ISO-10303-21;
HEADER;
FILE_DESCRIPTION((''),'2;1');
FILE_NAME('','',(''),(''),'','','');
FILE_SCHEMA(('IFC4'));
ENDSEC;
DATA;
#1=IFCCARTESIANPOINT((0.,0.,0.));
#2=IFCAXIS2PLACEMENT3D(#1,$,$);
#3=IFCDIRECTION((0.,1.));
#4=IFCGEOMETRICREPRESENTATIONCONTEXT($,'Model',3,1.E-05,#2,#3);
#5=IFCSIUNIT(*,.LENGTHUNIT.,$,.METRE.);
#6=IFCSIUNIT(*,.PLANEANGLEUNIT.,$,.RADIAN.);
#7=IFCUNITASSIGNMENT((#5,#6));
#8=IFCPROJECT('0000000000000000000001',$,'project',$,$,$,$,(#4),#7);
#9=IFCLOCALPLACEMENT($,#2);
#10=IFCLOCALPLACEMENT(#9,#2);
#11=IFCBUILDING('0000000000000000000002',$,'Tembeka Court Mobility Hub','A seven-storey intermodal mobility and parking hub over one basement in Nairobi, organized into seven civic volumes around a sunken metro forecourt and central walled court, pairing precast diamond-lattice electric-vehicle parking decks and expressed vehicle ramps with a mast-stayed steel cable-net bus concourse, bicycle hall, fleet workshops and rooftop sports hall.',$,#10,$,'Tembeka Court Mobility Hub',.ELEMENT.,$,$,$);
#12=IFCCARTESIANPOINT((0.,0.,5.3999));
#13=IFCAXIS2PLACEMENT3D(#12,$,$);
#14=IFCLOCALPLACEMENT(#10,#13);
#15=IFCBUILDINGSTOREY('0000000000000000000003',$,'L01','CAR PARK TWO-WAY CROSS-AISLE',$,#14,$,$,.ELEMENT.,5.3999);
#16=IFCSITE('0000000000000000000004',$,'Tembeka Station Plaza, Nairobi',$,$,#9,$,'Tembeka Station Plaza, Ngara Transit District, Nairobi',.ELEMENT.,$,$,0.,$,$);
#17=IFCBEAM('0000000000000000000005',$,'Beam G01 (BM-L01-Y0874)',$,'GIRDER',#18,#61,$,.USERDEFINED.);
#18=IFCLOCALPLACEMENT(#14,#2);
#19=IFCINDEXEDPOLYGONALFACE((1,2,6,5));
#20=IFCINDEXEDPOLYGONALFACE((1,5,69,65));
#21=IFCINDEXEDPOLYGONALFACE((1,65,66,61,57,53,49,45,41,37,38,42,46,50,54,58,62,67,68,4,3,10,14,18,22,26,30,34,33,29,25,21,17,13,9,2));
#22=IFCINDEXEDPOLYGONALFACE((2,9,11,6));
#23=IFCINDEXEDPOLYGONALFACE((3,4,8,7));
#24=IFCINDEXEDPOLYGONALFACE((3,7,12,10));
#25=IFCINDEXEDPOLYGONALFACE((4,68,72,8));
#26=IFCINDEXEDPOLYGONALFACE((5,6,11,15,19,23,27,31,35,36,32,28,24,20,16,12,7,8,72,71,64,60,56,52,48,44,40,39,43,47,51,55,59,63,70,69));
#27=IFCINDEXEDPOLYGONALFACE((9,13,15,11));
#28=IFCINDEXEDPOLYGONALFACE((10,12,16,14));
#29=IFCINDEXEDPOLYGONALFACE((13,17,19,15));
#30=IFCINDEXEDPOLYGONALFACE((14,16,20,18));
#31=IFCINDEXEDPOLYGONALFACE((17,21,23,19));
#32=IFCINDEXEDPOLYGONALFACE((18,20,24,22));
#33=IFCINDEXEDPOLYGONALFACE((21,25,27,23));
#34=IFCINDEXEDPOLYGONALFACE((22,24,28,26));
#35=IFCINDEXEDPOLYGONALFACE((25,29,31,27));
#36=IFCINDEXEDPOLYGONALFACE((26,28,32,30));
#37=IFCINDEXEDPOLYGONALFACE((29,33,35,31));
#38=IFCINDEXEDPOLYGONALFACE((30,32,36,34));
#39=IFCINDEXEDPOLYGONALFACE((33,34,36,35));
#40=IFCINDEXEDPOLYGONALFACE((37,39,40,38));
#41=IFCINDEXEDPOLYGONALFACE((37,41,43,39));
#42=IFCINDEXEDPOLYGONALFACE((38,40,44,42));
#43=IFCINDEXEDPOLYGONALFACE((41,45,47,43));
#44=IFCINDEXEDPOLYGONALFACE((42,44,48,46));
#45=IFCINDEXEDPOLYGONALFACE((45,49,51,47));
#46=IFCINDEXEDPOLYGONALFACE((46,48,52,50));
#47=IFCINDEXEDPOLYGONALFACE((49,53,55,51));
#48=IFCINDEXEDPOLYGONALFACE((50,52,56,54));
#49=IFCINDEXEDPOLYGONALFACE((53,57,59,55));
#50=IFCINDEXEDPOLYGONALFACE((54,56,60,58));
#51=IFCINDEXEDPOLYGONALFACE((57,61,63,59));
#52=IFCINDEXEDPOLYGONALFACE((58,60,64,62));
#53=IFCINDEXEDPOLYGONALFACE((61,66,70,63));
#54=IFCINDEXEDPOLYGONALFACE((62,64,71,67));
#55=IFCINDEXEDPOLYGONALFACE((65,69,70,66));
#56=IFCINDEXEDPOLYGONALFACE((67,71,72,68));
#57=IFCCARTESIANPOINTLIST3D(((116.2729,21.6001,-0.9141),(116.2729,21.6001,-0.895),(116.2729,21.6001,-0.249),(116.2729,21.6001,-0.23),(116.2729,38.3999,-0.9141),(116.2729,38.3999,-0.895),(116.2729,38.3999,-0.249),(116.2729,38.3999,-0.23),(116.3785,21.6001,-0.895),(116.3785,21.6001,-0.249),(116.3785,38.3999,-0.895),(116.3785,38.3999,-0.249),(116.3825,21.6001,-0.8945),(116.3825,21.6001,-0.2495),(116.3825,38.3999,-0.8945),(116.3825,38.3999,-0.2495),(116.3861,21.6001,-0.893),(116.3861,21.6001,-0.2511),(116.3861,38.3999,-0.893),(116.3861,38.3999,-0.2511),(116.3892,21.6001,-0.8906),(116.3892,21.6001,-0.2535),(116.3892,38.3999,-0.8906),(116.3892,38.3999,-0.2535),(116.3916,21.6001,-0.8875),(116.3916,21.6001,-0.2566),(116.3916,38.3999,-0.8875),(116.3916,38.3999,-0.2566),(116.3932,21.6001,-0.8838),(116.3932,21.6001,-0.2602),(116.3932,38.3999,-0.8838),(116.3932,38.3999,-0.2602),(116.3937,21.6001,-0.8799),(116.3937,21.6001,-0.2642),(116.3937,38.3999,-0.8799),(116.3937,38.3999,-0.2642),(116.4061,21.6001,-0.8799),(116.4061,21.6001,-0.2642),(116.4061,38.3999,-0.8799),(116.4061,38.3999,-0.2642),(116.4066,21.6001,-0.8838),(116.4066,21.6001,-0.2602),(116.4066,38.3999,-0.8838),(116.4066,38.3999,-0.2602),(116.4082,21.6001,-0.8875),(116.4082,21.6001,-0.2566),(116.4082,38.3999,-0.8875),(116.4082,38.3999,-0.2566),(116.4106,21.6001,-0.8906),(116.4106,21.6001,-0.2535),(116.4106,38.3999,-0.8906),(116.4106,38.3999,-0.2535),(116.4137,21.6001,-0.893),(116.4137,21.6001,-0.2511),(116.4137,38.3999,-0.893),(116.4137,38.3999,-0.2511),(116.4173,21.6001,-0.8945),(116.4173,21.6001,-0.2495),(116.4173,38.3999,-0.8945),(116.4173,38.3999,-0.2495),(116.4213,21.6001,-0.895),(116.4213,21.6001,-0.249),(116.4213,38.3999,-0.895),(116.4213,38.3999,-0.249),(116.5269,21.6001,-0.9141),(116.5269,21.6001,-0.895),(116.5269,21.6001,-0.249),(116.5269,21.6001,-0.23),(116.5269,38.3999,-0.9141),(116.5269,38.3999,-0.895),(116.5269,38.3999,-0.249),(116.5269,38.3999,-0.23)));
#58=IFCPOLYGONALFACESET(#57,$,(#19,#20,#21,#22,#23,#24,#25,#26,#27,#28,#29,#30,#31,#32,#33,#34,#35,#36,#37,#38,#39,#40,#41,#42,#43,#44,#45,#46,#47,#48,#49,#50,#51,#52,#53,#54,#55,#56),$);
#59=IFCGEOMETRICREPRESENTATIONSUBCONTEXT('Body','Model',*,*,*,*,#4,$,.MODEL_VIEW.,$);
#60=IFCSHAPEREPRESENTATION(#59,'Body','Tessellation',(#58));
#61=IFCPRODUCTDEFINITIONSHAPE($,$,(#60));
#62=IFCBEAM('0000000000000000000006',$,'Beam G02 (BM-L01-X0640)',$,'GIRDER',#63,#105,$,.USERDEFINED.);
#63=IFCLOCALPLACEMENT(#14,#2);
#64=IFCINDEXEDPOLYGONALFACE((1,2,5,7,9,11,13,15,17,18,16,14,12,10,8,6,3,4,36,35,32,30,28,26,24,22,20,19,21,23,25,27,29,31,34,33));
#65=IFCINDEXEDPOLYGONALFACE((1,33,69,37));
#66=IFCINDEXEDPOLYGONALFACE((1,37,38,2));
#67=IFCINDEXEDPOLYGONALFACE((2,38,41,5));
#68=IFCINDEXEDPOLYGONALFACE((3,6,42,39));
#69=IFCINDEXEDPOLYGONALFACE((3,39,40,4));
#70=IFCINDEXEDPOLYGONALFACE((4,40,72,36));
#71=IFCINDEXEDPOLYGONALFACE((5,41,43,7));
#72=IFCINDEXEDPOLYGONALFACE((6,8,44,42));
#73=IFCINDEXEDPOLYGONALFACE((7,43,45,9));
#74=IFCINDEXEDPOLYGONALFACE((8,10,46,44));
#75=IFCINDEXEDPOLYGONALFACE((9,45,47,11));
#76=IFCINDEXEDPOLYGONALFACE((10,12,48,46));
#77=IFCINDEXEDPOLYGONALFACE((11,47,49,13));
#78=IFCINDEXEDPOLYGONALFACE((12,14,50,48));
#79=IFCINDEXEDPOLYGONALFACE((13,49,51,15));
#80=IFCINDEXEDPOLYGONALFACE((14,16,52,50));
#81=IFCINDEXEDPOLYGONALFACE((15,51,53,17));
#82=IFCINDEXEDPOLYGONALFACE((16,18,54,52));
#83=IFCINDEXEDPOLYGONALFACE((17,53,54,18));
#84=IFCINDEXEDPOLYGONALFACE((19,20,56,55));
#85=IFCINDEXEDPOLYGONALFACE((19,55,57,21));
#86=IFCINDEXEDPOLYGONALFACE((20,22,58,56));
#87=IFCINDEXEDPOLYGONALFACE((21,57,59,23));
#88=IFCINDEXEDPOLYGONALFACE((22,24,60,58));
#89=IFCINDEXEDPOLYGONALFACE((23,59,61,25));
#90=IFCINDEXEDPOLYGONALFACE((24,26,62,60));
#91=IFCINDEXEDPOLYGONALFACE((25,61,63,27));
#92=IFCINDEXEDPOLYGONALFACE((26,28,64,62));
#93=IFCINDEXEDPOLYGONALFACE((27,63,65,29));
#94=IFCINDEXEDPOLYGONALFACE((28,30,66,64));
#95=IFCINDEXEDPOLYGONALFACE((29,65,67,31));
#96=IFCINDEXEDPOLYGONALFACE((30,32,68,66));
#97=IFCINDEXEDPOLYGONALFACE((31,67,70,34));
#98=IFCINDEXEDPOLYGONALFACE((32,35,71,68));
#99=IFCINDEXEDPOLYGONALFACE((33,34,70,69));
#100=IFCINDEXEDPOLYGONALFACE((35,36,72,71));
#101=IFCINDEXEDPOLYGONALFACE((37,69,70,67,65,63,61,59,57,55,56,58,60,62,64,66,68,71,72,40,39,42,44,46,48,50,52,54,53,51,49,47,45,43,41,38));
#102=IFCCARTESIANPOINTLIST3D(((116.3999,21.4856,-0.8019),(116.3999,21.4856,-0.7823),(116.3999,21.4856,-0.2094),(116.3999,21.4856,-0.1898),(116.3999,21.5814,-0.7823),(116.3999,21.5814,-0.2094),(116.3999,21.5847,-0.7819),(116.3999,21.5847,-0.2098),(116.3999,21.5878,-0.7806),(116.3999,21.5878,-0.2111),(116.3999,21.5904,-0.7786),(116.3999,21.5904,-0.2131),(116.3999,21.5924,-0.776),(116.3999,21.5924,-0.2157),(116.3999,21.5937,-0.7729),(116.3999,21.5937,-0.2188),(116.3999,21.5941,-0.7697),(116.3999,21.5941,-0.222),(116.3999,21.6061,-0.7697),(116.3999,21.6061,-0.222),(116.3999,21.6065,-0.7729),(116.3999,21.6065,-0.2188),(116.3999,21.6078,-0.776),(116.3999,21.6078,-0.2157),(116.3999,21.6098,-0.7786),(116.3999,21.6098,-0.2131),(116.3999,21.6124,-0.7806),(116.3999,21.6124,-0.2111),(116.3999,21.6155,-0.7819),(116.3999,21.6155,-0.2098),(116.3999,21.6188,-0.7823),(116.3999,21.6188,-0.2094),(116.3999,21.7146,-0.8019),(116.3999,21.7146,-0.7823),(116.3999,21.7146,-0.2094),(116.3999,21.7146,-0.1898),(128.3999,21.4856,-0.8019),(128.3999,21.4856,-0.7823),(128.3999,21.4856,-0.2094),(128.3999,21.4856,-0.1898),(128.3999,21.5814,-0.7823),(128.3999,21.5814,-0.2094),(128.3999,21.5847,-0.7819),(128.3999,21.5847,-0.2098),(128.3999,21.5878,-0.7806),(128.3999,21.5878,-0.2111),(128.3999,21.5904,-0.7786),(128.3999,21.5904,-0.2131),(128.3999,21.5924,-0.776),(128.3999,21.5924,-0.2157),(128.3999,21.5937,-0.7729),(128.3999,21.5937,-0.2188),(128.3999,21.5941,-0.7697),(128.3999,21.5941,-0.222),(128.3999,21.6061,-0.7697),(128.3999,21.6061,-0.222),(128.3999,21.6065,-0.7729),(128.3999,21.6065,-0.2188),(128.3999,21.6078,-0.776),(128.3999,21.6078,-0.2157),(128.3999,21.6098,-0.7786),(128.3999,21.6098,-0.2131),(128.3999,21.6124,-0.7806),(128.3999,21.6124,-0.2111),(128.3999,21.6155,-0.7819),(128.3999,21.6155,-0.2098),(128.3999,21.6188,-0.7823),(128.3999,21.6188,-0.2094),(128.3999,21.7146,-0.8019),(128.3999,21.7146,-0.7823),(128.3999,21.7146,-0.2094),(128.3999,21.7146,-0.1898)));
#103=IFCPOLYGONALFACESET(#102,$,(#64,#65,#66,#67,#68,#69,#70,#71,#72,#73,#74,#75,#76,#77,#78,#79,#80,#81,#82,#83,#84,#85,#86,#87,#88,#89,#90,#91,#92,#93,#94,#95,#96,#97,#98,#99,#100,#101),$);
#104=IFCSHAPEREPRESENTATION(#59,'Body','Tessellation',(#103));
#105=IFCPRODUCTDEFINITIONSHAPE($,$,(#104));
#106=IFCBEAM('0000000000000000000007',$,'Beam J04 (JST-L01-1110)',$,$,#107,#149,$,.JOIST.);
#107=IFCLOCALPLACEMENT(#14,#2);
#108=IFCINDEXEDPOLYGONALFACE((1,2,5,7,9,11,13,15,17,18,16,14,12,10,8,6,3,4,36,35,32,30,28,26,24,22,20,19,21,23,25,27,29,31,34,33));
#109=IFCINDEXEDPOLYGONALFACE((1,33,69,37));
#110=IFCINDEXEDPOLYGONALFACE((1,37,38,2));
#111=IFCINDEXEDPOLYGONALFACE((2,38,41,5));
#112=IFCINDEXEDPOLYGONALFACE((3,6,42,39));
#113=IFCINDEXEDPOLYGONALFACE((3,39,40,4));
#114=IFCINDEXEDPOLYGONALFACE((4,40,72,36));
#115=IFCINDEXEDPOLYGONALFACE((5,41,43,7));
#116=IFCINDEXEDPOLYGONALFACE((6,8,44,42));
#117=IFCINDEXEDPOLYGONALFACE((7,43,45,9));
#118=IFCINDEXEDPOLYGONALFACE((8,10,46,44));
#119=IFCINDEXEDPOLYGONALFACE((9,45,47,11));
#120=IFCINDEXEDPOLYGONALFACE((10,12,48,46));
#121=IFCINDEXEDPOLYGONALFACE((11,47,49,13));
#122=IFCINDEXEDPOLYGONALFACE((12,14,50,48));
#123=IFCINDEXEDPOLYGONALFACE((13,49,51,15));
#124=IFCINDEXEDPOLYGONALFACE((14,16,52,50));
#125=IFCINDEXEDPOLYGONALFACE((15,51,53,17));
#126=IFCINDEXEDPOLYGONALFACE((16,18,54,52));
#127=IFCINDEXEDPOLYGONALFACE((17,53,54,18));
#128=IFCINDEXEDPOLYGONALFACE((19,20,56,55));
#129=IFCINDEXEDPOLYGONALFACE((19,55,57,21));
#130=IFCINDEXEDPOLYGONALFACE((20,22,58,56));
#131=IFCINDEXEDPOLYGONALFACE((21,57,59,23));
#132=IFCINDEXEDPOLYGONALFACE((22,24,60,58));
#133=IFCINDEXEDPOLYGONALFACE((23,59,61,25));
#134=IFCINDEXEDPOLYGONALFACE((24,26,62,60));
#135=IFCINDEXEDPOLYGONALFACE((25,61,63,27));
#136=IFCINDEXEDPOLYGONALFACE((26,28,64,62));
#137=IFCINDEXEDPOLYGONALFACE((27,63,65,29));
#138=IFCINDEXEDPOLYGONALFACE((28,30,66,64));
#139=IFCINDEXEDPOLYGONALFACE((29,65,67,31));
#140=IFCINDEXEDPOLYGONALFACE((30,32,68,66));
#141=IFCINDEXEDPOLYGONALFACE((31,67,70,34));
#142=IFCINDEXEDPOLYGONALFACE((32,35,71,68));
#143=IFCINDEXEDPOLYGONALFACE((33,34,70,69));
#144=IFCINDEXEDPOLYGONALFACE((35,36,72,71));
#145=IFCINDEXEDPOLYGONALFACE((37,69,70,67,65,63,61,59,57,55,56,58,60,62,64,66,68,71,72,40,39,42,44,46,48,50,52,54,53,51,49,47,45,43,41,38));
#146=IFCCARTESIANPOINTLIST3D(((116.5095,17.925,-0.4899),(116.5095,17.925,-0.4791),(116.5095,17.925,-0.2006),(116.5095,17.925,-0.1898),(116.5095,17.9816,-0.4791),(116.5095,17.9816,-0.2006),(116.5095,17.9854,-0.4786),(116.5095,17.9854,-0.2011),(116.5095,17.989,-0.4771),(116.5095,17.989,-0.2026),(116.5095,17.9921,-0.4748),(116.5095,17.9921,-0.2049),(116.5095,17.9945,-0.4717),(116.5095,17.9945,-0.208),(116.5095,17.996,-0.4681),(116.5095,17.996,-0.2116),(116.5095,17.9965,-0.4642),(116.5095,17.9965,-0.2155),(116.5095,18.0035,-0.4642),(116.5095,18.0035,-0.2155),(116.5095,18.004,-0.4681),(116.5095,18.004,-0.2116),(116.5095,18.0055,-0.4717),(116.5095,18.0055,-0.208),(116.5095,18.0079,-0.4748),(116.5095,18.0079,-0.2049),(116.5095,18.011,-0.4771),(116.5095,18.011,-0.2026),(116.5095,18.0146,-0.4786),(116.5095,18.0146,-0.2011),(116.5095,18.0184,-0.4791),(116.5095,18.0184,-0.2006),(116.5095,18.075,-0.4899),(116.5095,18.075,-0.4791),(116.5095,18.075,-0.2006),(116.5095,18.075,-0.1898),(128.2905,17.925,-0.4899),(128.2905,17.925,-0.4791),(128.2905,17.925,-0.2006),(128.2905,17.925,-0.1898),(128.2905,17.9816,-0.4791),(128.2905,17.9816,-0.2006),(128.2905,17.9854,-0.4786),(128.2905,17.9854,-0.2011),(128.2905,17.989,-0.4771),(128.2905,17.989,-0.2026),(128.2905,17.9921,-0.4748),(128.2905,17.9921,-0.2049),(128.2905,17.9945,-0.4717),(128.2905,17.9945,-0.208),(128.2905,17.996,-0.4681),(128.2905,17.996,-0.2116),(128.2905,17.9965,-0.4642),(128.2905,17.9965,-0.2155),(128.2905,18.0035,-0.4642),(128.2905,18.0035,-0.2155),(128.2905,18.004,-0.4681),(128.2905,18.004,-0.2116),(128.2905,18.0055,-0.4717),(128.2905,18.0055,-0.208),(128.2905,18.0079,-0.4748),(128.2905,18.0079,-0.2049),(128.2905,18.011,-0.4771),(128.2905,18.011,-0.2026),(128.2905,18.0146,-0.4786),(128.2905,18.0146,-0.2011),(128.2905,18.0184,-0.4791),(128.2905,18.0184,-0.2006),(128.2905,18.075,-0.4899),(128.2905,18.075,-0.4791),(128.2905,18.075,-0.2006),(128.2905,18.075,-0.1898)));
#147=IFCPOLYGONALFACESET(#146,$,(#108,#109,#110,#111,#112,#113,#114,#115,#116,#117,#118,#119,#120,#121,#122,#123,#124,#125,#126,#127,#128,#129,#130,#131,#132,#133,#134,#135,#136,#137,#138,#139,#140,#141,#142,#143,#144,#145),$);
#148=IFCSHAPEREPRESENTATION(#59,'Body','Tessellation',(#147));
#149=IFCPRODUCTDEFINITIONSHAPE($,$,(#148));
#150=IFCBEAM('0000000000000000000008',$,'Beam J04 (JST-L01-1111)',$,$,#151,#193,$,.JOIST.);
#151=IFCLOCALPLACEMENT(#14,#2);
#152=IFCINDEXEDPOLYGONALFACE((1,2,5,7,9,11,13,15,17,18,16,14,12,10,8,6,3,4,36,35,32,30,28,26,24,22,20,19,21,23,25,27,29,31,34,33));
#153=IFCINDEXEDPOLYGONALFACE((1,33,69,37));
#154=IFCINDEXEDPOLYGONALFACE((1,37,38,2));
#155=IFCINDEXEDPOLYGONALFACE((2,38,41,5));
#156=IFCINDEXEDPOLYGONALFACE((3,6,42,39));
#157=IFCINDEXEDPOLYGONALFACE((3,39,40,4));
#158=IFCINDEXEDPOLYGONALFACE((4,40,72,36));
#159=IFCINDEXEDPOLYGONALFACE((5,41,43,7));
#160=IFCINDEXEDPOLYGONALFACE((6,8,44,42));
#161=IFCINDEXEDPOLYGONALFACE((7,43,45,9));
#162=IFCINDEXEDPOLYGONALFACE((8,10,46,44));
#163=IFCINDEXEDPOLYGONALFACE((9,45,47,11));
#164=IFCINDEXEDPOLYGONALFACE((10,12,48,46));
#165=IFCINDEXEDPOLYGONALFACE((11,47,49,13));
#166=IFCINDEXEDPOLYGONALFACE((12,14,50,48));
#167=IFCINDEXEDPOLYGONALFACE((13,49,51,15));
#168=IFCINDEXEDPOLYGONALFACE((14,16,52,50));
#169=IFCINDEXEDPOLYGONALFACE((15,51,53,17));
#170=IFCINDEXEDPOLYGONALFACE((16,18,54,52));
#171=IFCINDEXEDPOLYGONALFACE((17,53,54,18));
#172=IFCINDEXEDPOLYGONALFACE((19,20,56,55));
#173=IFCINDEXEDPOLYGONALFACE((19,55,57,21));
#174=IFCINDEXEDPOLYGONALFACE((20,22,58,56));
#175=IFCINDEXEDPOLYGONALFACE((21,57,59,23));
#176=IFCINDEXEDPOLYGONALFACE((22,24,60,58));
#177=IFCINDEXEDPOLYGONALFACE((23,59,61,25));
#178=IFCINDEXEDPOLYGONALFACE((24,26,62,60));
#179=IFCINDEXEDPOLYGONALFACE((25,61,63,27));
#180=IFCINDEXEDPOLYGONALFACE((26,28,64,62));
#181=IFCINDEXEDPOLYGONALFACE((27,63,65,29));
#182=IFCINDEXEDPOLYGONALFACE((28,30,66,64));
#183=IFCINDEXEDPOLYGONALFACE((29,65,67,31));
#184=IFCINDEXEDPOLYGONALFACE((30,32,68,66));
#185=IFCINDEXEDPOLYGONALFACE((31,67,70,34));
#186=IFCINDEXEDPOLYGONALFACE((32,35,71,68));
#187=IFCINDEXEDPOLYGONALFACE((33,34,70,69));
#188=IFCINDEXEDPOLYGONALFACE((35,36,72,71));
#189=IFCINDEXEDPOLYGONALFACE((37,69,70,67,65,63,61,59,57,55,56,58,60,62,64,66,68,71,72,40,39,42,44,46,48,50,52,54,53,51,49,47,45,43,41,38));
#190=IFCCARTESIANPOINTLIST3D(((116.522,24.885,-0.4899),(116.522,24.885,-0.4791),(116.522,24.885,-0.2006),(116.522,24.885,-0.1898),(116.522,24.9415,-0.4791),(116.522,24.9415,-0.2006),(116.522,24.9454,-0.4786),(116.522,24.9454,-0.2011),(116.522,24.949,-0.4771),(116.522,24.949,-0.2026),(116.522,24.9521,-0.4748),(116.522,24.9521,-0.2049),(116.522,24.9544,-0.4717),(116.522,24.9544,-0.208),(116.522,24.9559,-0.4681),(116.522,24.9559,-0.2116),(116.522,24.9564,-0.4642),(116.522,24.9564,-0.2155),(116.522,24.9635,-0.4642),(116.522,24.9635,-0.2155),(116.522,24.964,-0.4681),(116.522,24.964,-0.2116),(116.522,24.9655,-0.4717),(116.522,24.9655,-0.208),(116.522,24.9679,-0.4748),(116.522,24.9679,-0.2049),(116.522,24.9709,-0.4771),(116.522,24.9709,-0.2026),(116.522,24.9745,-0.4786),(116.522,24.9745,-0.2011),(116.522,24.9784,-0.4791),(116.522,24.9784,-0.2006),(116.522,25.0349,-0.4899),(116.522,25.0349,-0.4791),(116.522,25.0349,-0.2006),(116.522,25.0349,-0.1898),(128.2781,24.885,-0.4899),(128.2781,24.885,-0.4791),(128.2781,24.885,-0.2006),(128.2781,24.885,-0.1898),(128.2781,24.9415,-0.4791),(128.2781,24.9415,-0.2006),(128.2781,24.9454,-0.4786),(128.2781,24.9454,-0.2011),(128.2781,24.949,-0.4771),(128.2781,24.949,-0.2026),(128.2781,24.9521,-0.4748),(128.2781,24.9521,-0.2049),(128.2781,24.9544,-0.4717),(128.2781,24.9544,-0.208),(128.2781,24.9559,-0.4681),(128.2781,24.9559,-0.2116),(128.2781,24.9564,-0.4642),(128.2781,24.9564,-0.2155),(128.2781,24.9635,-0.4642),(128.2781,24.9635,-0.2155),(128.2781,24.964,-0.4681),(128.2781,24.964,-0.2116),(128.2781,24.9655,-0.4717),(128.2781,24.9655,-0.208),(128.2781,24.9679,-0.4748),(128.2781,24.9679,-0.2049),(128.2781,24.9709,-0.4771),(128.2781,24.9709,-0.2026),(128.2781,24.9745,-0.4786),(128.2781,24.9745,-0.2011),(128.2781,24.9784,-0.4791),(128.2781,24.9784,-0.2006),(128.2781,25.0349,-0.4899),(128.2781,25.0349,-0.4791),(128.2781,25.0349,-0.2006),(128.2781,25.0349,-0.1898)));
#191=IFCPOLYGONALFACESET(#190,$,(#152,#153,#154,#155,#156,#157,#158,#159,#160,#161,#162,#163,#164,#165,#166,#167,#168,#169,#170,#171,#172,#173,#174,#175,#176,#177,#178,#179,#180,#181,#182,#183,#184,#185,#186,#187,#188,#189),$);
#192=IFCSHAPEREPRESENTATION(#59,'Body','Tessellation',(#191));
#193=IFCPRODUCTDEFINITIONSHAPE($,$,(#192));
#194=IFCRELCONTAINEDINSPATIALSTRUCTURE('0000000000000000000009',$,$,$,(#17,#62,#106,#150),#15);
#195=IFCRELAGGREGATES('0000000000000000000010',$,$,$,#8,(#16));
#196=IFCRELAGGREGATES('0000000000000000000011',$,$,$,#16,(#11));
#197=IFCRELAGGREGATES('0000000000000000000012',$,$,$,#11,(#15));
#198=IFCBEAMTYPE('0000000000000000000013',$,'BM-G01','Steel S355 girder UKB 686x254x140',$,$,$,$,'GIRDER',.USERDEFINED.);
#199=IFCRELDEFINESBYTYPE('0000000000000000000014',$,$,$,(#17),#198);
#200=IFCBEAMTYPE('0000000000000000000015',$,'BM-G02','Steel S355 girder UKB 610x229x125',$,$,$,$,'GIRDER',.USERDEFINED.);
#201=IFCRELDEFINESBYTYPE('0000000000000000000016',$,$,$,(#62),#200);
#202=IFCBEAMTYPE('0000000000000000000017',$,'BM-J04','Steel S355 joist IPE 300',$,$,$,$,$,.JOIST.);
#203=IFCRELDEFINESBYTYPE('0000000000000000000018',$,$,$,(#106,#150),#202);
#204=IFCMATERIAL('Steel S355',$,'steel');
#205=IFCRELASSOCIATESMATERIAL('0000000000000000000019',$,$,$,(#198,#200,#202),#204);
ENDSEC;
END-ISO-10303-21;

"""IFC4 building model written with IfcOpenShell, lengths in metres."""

from ifc_helpers import new_model, si_unit, direction, frame, origin, origin_2d, place, context, subcontext, project, spatial, i_section, extrude, material, material_profile, profile_set, type_object, element, save


model = new_model("IFC4")

# Units and contexts
model_context = context("Model", 3, precision=1e-05, world=origin(), true_north=direction((0.0, 1.0)))
body_context = subcontext(model_context, "Body", "Model", "MODEL_VIEW")
ifc_project = project(units=[si_unit("LENGTHUNIT", "METRE"), si_unit("PLANEANGLEUNIT", "RADIAN")], contexts=[model_context])

# Site, building, storey
site_placement = place(None, origin())
site = spatial("IfcSite", under=ifc_project, at=site_placement, Name="Tembeka Station Plaza, Nairobi", LongName="Tembeka Station Plaza, Ngara Transit District, Nairobi", CompositionType="ELEMENT", RefElevation=0.0)
building_placement = place(site_placement, origin())
building = spatial("IfcBuilding", under=site, at=building_placement, Name="Tembeka Court Mobility Hub", Description="A seven-storey intermodal mobility and parking hub over one basement in Nairobi, organized into seven civic volumes around a sunken metro forecourt and central walled court, pairing precast diamond-lattice electric-vehicle parking decks and expressed vehicle ramps with a mast-stayed steel cable-net bus concourse, bicycle hall, fleet workshops and rooftop sports hall.", LongName="Tembeka Court Mobility Hub", CompositionType="ELEMENT")
storey_placement = place(building_placement, frame((0.0, 0.0, 5.3999)))
storey = spatial("IfcBuildingStorey", under=building, at=storey_placement, Name="L01", Description="CAR PARK TWO-WAY CROSS-AISLE", CompositionType="ELEMENT", Elevation=5.3999)

# Beams
ifc_material_1 = material(Name="Steel S355", Category="steel")
ifc_material_profile_1 = material_profile(ifc_material_1, i_section(OverallWidth=0.2539, OverallDepth=0.6841, WebThickness=0.0125, FlangeThickness=0.019, FilletRadius=0.0151, at=origin_2d()), Name="UKB 686x254x140")
ifc_profile_set_1 = profile_set([ifc_material_profile_1], Name="Steel S355")
beam_type_1 = type_object("IfcBeamType", Name="BM-G01", Description="Steel S355 girder UKB 686x254x140", ElementType="GIRDER", PredefinedType="USERDEFINED", material=ifc_profile_set_1)
beam_1_placement = place(storey_placement, frame((116.3999, 21.6001, -0.572), z_axis=(0.0, 1.0, 0.0), x_axis=(-1.0, 0.0, 0.0)))
element("IfcBeam", 1, at=beam_1_placement, inside=storey, type_object=beam_type_1, Name="Beam G01 (BM-L01-Y0874)", ObjectType="GIRDER", PredefinedType="USERDEFINED", context=body_context, shape_type="SweptSolid", body=[
    extrude(i_section(OverallWidth=0.2539, OverallDepth=0.6841, WebThickness=0.0125, FlangeThickness=0.019, FilletRadius=0.0151, at=origin_2d()), origin(), (0.0, 0.0, 1.0), 16.7998),
])
ifc_material_profile_2 = material_profile(ifc_material_1, i_section(OverallWidth=0.229, OverallDepth=0.6121, WebThickness=0.012, FlangeThickness=0.0195, FilletRadius=0.0127, at=origin_2d()), Name="UKB 610x229x125")
ifc_profile_set_2 = profile_set([ifc_material_profile_2], Name="Steel S355")
beam_type_2 = type_object("IfcBeamType", Name="BM-G02", Description="Steel S355 girder UKB 610x229x125", ElementType="GIRDER", PredefinedType="USERDEFINED", material=ifc_profile_set_2)
beam_2_placement = place(storey_placement, frame((116.3999, 21.6001, -0.4958), z_axis=(1.0, 0.0, 0.0), x_axis=(0.0, 1.0, 0.0)))
element("IfcBeam", 2, at=beam_2_placement, inside=storey, type_object=beam_type_2, Name="Beam G02 (BM-L01-X0640)", ObjectType="GIRDER", PredefinedType="USERDEFINED", context=body_context, shape_type="SweptSolid", body=[
    extrude(i_section(OverallWidth=0.229, OverallDepth=0.6121, WebThickness=0.012, FlangeThickness=0.0195, FilletRadius=0.0127, at=origin_2d()), origin(), (0.0, 0.0, 1.0), 12.0),
])
ifc_material_profile_3 = material_profile(ifc_material_1, i_section(OverallWidth=0.1499, OverallDepth=0.3, WebThickness=0.0071, FlangeThickness=0.0107, FilletRadius=0.0149, at=origin_2d()), Name="IPE 300")
ifc_profile_set_3 = profile_set([ifc_material_profile_3], Name="Steel S355")
beam_type_3 = type_object("IfcBeamType", Name="BM-J04", Description="Steel S355 joist IPE 300", PredefinedType="JOIST", material=ifc_profile_set_3)
beam_3_placement = place(storey_placement, frame((116.5095, 18.0, -0.3398), z_axis=(1.0, 0.0, 0.0), x_axis=(0.0, 1.0, 0.0)))
element("IfcBeam", 3, at=beam_3_placement, inside=storey, type_object=beam_type_3, Name="Beam J04 (JST-L01-1110)", PredefinedType="JOIST", context=body_context, shape_type="SweptSolid", body=[
    extrude(i_section(OverallWidth=0.1499, OverallDepth=0.3, WebThickness=0.0071, FlangeThickness=0.0107, FilletRadius=0.0149, at=origin_2d()), origin(), (0.0, 0.0, 1.0), 11.781),
])
for number, where, z_axis, x_axis, name in (
    (4, (116.522, 24.96, -0.3398), (1.0, 0.0, 0.0), (0.0, 1.0, 0.0), "Beam J04 (JST-L01-1111)"),
):
    element("IfcBeam", number, at=place(storey_placement, frame(where, z_axis=z_axis, x_axis=x_axis)), inside=storey, type_object=beam_type_3, Name=name, PredefinedType="JOIST", context=body_context, shape_type="SweptSolid", body=[
        extrude(i_section(OverallWidth=0.1499, OverallDepth=0.3, WebThickness=0.0071, FlangeThickness=0.0107, FilletRadius=0.0149, at=origin_2d()), origin(), (0.0, 0.0, 1.0), 11.7561),
    ])

save(model, "model.ifc")
